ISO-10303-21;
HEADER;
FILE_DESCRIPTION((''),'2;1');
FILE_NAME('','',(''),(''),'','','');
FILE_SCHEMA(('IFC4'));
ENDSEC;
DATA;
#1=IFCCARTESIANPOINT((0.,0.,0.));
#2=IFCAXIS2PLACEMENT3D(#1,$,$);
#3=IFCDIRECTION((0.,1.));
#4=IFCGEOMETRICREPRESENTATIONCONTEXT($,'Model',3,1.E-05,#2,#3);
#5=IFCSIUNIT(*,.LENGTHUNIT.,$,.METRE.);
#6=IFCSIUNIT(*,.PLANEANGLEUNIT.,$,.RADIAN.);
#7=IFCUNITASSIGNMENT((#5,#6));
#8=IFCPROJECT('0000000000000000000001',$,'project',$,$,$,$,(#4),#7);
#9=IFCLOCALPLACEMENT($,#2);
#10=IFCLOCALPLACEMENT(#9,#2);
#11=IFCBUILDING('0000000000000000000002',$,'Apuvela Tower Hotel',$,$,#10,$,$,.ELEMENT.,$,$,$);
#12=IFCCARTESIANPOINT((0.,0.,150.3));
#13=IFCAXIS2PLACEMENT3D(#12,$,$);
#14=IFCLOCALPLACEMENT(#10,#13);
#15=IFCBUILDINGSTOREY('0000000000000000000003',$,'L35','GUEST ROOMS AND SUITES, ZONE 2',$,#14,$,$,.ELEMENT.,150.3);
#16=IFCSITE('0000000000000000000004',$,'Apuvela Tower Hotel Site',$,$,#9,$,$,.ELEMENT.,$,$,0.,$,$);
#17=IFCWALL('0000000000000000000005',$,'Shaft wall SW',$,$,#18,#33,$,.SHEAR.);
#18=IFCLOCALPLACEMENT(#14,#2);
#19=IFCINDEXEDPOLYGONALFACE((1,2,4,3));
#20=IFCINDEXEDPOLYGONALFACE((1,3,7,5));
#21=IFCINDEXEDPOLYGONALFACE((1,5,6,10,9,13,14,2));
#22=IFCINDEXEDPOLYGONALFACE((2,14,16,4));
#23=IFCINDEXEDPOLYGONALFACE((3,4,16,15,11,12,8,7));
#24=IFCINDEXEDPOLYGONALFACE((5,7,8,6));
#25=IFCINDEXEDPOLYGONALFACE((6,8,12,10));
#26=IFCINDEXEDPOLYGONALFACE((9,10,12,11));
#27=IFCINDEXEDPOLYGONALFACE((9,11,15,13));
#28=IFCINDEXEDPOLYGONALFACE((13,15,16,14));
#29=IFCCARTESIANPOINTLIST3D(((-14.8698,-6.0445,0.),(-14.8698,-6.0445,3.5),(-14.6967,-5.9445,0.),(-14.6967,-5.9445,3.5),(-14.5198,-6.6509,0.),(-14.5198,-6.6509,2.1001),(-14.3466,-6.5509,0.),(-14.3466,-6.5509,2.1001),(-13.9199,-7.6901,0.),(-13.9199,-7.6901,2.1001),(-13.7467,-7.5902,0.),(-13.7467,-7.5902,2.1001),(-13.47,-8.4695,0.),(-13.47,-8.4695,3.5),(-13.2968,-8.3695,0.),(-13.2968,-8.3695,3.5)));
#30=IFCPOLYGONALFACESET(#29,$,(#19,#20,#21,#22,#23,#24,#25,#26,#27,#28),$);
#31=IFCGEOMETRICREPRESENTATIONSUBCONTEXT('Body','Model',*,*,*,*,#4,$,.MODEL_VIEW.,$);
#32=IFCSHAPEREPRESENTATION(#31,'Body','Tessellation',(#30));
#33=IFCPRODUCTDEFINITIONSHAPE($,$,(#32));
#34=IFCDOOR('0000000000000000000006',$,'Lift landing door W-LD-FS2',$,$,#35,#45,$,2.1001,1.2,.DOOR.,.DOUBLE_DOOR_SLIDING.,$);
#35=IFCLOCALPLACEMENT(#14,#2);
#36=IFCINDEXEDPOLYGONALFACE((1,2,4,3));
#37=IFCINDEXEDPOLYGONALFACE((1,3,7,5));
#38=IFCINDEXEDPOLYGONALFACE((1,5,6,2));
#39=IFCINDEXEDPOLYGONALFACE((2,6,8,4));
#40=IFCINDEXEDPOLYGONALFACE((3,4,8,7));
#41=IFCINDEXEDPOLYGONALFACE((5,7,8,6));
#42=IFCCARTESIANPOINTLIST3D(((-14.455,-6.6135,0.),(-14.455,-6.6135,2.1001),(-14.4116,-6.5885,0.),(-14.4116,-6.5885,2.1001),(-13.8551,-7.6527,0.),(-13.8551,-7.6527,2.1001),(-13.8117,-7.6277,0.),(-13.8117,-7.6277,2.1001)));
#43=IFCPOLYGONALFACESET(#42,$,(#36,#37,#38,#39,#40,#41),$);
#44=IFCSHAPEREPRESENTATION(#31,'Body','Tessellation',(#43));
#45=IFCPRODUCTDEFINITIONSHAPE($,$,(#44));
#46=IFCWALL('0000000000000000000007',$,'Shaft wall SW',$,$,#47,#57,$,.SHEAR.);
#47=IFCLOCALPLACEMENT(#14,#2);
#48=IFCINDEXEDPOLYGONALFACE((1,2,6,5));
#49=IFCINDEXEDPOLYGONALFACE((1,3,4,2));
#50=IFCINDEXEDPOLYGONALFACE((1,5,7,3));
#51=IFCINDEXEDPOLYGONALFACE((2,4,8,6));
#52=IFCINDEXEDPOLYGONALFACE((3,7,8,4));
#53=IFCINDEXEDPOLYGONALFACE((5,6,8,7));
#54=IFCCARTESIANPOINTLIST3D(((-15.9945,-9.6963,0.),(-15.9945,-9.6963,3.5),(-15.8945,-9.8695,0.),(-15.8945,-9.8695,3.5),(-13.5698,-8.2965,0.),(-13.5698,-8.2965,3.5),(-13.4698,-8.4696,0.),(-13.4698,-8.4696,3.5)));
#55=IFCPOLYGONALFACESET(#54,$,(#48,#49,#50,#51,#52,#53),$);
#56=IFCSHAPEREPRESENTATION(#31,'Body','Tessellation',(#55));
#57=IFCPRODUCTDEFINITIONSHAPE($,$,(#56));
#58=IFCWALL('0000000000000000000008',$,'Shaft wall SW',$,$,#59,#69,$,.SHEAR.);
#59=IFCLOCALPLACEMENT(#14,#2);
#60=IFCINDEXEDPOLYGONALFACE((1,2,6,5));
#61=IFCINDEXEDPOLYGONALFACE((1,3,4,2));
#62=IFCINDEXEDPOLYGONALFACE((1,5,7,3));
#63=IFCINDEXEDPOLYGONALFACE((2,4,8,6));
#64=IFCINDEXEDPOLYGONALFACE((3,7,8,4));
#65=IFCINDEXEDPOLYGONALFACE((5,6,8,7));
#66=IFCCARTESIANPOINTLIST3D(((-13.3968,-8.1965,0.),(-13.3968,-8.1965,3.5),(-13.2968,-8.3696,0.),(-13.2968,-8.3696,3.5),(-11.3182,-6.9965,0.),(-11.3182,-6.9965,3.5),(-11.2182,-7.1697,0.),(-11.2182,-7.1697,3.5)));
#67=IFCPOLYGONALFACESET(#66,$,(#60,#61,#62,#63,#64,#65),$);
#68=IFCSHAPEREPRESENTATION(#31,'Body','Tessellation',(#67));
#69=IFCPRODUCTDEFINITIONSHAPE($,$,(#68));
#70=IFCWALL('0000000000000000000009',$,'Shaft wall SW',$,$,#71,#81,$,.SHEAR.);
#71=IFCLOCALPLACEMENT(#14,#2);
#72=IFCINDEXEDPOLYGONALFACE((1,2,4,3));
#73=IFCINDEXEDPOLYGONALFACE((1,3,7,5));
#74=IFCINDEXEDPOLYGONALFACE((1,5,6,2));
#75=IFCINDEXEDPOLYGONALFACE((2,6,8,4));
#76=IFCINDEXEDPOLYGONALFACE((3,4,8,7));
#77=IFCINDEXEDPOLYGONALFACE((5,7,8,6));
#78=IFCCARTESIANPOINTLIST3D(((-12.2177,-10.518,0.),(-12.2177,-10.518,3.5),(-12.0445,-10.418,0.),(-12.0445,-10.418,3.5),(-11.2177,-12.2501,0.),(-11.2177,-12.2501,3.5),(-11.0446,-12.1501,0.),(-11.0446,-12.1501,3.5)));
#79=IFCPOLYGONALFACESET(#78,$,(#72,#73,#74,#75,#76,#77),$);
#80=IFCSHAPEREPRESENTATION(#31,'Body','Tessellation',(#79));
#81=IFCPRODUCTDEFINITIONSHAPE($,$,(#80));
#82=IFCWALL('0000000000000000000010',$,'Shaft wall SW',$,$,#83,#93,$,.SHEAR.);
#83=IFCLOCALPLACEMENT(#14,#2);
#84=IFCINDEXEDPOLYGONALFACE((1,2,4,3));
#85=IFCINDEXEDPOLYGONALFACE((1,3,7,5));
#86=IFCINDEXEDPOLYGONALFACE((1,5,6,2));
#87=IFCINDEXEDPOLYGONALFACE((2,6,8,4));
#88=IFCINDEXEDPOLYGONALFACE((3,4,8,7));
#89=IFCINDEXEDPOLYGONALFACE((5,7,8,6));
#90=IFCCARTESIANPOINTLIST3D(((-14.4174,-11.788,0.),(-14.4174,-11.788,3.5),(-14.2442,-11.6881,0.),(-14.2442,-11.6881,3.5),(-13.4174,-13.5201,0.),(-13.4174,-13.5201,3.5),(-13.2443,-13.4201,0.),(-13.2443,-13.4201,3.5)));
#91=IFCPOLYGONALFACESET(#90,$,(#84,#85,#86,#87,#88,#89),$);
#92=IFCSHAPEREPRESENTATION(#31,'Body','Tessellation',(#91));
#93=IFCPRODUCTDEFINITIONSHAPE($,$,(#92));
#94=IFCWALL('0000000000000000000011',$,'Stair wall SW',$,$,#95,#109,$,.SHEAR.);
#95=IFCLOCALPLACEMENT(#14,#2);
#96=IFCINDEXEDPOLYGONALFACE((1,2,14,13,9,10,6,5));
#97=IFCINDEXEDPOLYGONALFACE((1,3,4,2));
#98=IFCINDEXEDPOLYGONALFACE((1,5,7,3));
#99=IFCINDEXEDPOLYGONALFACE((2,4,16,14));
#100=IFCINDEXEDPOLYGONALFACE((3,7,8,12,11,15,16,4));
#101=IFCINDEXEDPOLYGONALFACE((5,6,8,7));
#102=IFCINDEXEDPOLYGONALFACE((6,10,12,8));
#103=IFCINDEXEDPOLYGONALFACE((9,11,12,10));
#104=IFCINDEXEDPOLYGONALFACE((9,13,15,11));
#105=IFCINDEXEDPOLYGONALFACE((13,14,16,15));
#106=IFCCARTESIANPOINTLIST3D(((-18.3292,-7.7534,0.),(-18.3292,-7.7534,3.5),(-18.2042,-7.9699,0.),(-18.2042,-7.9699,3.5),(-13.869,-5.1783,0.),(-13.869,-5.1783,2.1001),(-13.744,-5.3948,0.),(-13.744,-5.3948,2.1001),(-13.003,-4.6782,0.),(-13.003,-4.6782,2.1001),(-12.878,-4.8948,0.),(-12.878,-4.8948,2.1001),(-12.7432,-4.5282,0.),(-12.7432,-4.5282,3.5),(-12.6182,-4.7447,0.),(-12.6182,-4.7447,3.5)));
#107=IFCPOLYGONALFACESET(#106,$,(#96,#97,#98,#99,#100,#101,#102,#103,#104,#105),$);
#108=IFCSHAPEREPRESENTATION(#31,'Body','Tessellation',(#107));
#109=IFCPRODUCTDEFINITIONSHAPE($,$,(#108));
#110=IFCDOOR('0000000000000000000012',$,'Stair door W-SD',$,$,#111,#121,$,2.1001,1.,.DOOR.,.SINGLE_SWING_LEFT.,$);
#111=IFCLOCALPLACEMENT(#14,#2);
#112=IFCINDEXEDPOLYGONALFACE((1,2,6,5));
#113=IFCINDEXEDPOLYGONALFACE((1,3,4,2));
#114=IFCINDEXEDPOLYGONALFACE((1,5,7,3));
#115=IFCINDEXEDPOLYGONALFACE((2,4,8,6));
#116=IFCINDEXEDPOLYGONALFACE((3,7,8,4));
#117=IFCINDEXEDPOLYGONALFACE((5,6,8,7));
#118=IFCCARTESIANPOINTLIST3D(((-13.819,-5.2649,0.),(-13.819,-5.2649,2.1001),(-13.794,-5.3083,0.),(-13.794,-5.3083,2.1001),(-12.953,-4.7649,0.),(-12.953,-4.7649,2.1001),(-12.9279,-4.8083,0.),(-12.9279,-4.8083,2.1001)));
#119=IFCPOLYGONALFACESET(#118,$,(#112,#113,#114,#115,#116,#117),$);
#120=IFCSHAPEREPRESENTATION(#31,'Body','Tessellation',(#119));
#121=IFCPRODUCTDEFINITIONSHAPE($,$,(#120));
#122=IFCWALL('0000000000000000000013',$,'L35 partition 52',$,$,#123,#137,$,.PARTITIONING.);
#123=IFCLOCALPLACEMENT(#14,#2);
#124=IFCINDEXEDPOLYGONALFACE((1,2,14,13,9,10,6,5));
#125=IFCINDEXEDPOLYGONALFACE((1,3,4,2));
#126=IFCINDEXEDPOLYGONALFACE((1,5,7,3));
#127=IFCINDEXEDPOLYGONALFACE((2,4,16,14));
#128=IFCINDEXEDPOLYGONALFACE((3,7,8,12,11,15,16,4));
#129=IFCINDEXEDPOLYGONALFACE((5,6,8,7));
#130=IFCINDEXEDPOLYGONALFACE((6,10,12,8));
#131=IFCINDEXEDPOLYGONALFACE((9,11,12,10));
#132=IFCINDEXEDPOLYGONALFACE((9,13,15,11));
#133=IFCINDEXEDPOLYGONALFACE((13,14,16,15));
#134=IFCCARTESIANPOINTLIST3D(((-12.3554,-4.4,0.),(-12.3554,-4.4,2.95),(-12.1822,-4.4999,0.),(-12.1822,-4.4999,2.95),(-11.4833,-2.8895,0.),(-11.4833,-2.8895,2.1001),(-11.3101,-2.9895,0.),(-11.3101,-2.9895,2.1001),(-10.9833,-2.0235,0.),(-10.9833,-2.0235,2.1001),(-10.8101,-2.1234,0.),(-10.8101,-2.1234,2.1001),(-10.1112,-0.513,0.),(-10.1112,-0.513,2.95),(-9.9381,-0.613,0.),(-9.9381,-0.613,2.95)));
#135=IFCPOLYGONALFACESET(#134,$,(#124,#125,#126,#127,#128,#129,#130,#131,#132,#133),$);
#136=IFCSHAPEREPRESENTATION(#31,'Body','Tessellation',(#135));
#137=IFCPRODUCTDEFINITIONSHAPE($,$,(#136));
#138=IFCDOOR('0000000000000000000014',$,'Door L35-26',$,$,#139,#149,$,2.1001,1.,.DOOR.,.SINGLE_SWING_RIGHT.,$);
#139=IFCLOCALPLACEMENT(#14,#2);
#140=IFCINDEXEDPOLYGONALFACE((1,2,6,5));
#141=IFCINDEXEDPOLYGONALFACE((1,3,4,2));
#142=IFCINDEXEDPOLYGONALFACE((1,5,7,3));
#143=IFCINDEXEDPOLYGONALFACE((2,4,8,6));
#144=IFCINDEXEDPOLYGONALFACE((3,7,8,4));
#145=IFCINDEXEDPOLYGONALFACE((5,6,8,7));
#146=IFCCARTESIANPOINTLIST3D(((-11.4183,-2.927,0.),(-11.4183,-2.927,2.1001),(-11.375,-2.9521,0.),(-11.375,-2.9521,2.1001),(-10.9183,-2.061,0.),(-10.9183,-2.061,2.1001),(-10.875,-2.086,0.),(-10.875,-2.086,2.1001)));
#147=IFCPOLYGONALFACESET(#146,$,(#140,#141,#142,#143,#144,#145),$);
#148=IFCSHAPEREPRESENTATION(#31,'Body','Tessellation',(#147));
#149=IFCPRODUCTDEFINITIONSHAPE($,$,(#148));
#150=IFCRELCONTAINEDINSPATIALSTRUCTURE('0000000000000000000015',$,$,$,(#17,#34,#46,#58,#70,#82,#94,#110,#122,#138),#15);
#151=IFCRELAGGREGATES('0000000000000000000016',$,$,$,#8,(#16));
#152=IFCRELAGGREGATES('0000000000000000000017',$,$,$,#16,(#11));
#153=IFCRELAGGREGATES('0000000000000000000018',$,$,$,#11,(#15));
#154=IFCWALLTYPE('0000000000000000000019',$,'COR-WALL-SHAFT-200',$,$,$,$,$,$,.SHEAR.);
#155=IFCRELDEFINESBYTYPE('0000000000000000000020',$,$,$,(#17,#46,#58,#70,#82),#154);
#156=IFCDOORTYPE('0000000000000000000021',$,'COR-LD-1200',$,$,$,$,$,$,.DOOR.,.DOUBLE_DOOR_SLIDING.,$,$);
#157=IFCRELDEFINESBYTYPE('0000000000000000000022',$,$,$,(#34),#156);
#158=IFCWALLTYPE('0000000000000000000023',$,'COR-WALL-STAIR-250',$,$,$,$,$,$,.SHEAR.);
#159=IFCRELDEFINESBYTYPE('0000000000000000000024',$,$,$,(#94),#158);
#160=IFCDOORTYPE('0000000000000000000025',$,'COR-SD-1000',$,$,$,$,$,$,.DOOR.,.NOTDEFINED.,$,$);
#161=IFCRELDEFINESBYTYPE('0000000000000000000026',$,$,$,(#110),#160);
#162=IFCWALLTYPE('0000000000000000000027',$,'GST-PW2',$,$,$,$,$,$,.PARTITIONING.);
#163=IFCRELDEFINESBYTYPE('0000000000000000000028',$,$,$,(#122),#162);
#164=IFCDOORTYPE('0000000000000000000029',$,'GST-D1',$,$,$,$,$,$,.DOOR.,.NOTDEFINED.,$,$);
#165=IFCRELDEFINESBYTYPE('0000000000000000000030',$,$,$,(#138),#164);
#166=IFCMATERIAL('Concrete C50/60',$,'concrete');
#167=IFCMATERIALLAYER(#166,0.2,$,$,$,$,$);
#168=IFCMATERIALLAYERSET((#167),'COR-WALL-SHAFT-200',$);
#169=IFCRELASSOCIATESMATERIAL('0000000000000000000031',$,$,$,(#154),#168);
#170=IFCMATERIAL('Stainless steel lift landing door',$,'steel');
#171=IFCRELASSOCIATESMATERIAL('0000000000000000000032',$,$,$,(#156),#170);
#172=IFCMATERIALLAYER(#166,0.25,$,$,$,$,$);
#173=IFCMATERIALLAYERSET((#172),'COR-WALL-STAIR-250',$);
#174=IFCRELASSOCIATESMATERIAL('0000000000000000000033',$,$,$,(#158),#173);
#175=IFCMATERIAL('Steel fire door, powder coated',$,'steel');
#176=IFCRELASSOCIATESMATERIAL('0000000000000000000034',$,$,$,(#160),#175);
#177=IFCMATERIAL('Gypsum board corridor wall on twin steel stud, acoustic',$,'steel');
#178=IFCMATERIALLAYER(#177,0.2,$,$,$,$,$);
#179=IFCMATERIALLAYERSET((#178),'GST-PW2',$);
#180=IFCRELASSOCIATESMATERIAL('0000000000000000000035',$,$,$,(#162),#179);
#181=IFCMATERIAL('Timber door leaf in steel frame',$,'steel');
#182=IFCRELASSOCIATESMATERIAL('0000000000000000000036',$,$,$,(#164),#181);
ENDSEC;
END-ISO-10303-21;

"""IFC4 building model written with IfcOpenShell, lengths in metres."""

from ifc_helpers import new_model, si_unit, direction, frame, frame_2d, origin, place, context, subcontext, project, spatial, rectangle, extrude, material, layer, layer_set, type_object, element, fill, save


model = new_model("IFC4")

# Units and contexts
model_context = context("Model", 3, precision=1e-05, world=origin(), true_north=direction((0.0, 1.0)))
body_context = subcontext(model_context, "Body", "Model", "MODEL_VIEW")
ifc_project = project(units=[si_unit("LENGTHUNIT", "METRE"), si_unit("PLANEANGLEUNIT", "RADIAN")], contexts=[model_context])

# Site, building, storey
site_placement = place(None, origin())
site = spatial("IfcSite", under=ifc_project, at=site_placement, Name="Apuvela Tower Hotel Site", CompositionType="ELEMENT", RefElevation=0.0)
building_placement = place(site_placement, origin())
building = spatial("IfcBuilding", under=site, at=building_placement, Name="Apuvela Tower Hotel", CompositionType="ELEMENT")
storey_placement = place(building_placement, frame((0.0, 0.0, 150.3)))
storey = spatial("IfcBuildingStorey", under=building, at=storey_placement, Name="L35", Description="GUEST ROOMS AND SUITES, ZONE 2", CompositionType="ELEMENT", Elevation=150.3)

# Wall, opening, door
ifc_material_1 = material(Name="Concrete C50/60", Category="concrete")
ifc_layer_1 = layer(ifc_material_1, 0.2)
ifc_layer_set_1 = layer_set([ifc_layer_1], Name="COR-WALL-SHAFT-200")
wall_type_1 = type_object("IfcWallType", Name="COR-WALL-SHAFT-200", PredefinedType="SHEAR", material=ifc_layer_set_1)
wall_1_placement = place(storey_placement, frame((-14.7832, -5.9946, 0.0), z_axis=(0.0, 0.0, 1.0), x_axis=(0.499946, -0.866056, 0.0)))
wall_1 = element("IfcWall", 1, at=wall_1_placement, inside=storey, type_object=wall_type_1, Name="Shaft wall SW", PredefinedType="SHEAR", context=body_context, shape_type="SweptSolid", body=[
    extrude(rectangle(XDim=2.8, YDim=0.2, at=frame_2d((1.3999, 0.0))), origin(), (0.0, 0.0, 1.0), 3.5),
])
opening_1_placement = place(wall_1_placement, frame((0.7, 0.0, 0.0)))
opening_1 = element("IfcOpeningElement", 2, at=opening_1_placement, cuts=wall_1, PredefinedType="OPENING", context=body_context, shape_type="SweptSolid", body=[
    extrude(rectangle(XDim=1.2, YDim=2.1001, at=frame_2d((0.6001, 1.05))), frame((0.0, 0.1099, 0.0), z_axis=(0.0, -1.0, 0.0), x_axis=(1.0, 0.0, 0.0)), (0.0, 0.0, 1.0), 0.22),
])
ifc_material_2 = material(Name="Stainless steel lift landing door", Category="steel")
door_type_1 = type_object("IfcDoorType", Name="COR-LD-1200", OperationType="DOUBLE_DOOR_SLIDING", PredefinedType="DOOR", material=ifc_material_2)
door_1_placement = place(opening_1_placement, origin())
door_1 = element("IfcDoor", 3, at=door_1_placement, inside=storey, type_object=door_type_1, Name="Lift landing door W-LD-FS2", OperationType="DOUBLE_DOOR_SLIDING", OverallHeight=2.1001, OverallWidth=1.2, PredefinedType="DOOR", context=body_context, shape_type="SweptSolid", body=[
    extrude(rectangle(XDim=1.2, YDim=2.1001, at=frame_2d((0.6001, 1.05))), frame((0.0, 0.0249, 0.0), z_axis=(0.0, -1.0, 0.0), x_axis=(1.0, 0.0, 0.0)), (0.0, 0.0, 1.0), 0.05),
])
fill(opening_1, door_1)

# Walls
wall_2_placement = place(storey_placement, frame((-13.5198, -8.3831, 0.0), z_axis=(0.0, 0.0, 1.0), x_axis=(-0.866035, -0.499984, 0.0)))
element("IfcWall", 4, at=wall_2_placement, inside=storey, type_object=wall_type_1, Name="Shaft wall SW", PredefinedType="SHEAR", context=body_context, shape_type="SweptSolid", body=[
    extrude(rectangle(XDim=2.7998, YDim=0.2, at=frame_2d((1.3999, 0.0))), origin(), (0.0, 0.0, 1.0), 3.5),
])
wall_3_placement = place(storey_placement, frame((-11.2681, -7.083, 0.0), z_axis=(0.0, 0.0, 1.0), x_axis=(-0.86605, -0.499957, 0.0)))
element("IfcWall", 5, at=wall_3_placement, inside=storey, type_object=wall_type_1, Name="Shaft wall SW", PredefinedType="SHEAR", context=body_context, shape_type="SweptSolid", body=[
    extrude(rectangle(XDim=2.4001, YDim=0.2, at=frame_2d((1.2002, 0.0))), origin(), (0.0, 0.0, 1.0), 3.5),
])
for number, where, z_axis, x_axis, name in (
    (6, (-12.1311, -10.468, 0.0), (0.0, 0.0, 1.0), (0.499973, -0.866041, 0.0), "Shaft wall SW"),
    (7, (-14.3308, -11.738, 0.0), (0.0, 0.0, 1.0), (0.499973, -0.866041, 0.0), "Shaft wall SW"),
):
    element("IfcWall", number, at=place(storey_placement, frame(where, z_axis=z_axis, x_axis=x_axis)), inside=storey, type_object=wall_type_1, Name=name, PredefinedType="SHEAR", context=body_context, shape_type="SweptSolid", body=[
        extrude(rectangle(XDim=2.0, YDim=0.2, at=frame_2d((1.0, 0.0))), origin(), (0.0, 0.0, 1.0), 3.5),
    ])

# Walls, openings, doors
ifc_layer_2 = layer(ifc_material_1, 0.25)
ifc_layer_set_2 = layer_set([ifc_layer_2], Name="COR-WALL-STAIR-250")
wall_type_2 = type_object("IfcWallType", Name="COR-WALL-STAIR-250", PredefinedType="SHEAR", material=ifc_layer_set_2)
wall_4_placement = place(storey_placement, frame((-12.6807, -4.6365, 0.0), z_axis=(0.0, 0.0, 1.0), x_axis=(-0.866022, -0.500006, 0.0)))
wall_4 = element("IfcWall", 8, at=wall_4_placement, inside=storey, type_object=wall_type_2, Name="Stair wall SW", PredefinedType="SHEAR", context=body_context, shape_type="SweptSolid", body=[
    extrude(rectangle(XDim=6.4502, YDim=0.25, at=frame_2d((3.2251, 0.0))), origin(), (0.0, 0.0, 1.0), 3.5),
])
opening_2_placement = place(wall_4_placement, frame((0.3, 0.0, 0.0)))
opening_2 = element("IfcOpeningElement", 9, at=opening_2_placement, cuts=wall_4, PredefinedType="OPENING", context=body_context, shape_type="SweptSolid", body=[
    extrude(rectangle(XDim=1.0, YDim=2.1001, at=frame_2d((0.5, 1.05))), frame((0.0, 0.135, 0.0), z_axis=(0.0, -1.0, 0.0), x_axis=(1.0, 0.0, 0.0)), (0.0, 0.0, 1.0), 0.27),
])
ifc_material_3 = material(Name="Steel fire door, powder coated", Category="steel")
door_type_2 = type_object("IfcDoorType", Name="COR-SD-1000", OperationType="NOTDEFINED", PredefinedType="DOOR", material=ifc_material_3)
door_2_placement = place(opening_2_placement, frame((1.0, 0.0, 0.0), z_axis=(0.0, 0.0, 1.0), x_axis=(-1.0, 0.0, 0.0)))
door_2 = element("IfcDoor", 10, at=door_2_placement, inside=storey, type_object=door_type_2, Name="Stair door W-SD", OperationType="SINGLE_SWING_LEFT", OverallHeight=2.1001, OverallWidth=1.0, PredefinedType="DOOR", context=body_context, shape_type="SweptSolid", body=[
    extrude(rectangle(XDim=1.0, YDim=2.1001, at=frame_2d((0.5, 1.05))), frame((0.0, 0.0249, 0.0), z_axis=(0.0, -1.0, 0.0), x_axis=(1.0, 0.0, 0.0)), (0.0, 0.0, 1.0), 0.05),
])
fill(opening_2, door_2)
ifc_material_4 = material(Name="Gypsum board corridor wall on twin steel stud, acoustic", Category="steel")
ifc_layer_3 = layer(ifc_material_4, 0.2)
ifc_layer_set_3 = layer_set([ifc_layer_3], Name="GST-PW2")
wall_type_3 = type_object("IfcWallType", Name="GST-PW2", PredefinedType="PARTITIONING", material=ifc_layer_set_3)
wall_5_placement = place(storey_placement, frame((-12.2688, -4.45, 0.0), z_axis=(0.0, 0.0, 1.0), x_axis=(0.5, 0.866025, 0.0)))
wall_5 = element("IfcWall", 11, at=wall_5_placement, inside=storey, type_object=wall_type_3, Name="L35 partition 52", PredefinedType="PARTITIONING", context=body_context, shape_type="SweptSolid", body=[
    extrude(rectangle(XDim=4.4883, YDim=0.2, at=frame_2d((2.2441, 0.0))), origin(), (0.0, 0.0, 1.0), 2.95),
])
opening_3_placement = place(wall_5_placement, frame((1.7441, 0.0, 0.0)))
opening_3 = element("IfcOpeningElement", 12, at=opening_3_placement, cuts=wall_5, PredefinedType="OPENING", context=body_context, shape_type="SweptSolid", body=[
    extrude(rectangle(XDim=1.0, YDim=2.1001, at=frame_2d((0.5, 1.05))), frame((0.0, 0.1099, 0.0), z_axis=(0.0, -1.0, 0.0), x_axis=(1.0, 0.0, 0.0)), (0.0, 0.0, 1.0), 0.22),
])
ifc_material_5 = material(Name="Timber door leaf in steel frame", Category="steel")
door_type_3 = type_object("IfcDoorType", Name="GST-D1", OperationType="NOTDEFINED", PredefinedType="DOOR", material=ifc_material_5)
door_3_placement = place(opening_3_placement, origin())
door_3 = element("IfcDoor", 13, at=door_3_placement, inside=storey, type_object=door_type_3, Name="Door L35-26", OperationType="SINGLE_SWING_RIGHT", OverallHeight=2.1001, OverallWidth=1.0, PredefinedType="DOOR", context=body_context, shape_type="SweptSolid", body=[
    extrude(rectangle(XDim=1.0, YDim=2.1001, at=frame_2d((0.5, 1.05))), frame((0.0, 0.0249, 0.0), z_axis=(0.0, -1.0, 0.0), x_axis=(1.0, 0.0, 0.0)), (0.0, 0.0, 1.0), 0.05),
])
fill(opening_3, door_3)

save(model, "model.ifc")
